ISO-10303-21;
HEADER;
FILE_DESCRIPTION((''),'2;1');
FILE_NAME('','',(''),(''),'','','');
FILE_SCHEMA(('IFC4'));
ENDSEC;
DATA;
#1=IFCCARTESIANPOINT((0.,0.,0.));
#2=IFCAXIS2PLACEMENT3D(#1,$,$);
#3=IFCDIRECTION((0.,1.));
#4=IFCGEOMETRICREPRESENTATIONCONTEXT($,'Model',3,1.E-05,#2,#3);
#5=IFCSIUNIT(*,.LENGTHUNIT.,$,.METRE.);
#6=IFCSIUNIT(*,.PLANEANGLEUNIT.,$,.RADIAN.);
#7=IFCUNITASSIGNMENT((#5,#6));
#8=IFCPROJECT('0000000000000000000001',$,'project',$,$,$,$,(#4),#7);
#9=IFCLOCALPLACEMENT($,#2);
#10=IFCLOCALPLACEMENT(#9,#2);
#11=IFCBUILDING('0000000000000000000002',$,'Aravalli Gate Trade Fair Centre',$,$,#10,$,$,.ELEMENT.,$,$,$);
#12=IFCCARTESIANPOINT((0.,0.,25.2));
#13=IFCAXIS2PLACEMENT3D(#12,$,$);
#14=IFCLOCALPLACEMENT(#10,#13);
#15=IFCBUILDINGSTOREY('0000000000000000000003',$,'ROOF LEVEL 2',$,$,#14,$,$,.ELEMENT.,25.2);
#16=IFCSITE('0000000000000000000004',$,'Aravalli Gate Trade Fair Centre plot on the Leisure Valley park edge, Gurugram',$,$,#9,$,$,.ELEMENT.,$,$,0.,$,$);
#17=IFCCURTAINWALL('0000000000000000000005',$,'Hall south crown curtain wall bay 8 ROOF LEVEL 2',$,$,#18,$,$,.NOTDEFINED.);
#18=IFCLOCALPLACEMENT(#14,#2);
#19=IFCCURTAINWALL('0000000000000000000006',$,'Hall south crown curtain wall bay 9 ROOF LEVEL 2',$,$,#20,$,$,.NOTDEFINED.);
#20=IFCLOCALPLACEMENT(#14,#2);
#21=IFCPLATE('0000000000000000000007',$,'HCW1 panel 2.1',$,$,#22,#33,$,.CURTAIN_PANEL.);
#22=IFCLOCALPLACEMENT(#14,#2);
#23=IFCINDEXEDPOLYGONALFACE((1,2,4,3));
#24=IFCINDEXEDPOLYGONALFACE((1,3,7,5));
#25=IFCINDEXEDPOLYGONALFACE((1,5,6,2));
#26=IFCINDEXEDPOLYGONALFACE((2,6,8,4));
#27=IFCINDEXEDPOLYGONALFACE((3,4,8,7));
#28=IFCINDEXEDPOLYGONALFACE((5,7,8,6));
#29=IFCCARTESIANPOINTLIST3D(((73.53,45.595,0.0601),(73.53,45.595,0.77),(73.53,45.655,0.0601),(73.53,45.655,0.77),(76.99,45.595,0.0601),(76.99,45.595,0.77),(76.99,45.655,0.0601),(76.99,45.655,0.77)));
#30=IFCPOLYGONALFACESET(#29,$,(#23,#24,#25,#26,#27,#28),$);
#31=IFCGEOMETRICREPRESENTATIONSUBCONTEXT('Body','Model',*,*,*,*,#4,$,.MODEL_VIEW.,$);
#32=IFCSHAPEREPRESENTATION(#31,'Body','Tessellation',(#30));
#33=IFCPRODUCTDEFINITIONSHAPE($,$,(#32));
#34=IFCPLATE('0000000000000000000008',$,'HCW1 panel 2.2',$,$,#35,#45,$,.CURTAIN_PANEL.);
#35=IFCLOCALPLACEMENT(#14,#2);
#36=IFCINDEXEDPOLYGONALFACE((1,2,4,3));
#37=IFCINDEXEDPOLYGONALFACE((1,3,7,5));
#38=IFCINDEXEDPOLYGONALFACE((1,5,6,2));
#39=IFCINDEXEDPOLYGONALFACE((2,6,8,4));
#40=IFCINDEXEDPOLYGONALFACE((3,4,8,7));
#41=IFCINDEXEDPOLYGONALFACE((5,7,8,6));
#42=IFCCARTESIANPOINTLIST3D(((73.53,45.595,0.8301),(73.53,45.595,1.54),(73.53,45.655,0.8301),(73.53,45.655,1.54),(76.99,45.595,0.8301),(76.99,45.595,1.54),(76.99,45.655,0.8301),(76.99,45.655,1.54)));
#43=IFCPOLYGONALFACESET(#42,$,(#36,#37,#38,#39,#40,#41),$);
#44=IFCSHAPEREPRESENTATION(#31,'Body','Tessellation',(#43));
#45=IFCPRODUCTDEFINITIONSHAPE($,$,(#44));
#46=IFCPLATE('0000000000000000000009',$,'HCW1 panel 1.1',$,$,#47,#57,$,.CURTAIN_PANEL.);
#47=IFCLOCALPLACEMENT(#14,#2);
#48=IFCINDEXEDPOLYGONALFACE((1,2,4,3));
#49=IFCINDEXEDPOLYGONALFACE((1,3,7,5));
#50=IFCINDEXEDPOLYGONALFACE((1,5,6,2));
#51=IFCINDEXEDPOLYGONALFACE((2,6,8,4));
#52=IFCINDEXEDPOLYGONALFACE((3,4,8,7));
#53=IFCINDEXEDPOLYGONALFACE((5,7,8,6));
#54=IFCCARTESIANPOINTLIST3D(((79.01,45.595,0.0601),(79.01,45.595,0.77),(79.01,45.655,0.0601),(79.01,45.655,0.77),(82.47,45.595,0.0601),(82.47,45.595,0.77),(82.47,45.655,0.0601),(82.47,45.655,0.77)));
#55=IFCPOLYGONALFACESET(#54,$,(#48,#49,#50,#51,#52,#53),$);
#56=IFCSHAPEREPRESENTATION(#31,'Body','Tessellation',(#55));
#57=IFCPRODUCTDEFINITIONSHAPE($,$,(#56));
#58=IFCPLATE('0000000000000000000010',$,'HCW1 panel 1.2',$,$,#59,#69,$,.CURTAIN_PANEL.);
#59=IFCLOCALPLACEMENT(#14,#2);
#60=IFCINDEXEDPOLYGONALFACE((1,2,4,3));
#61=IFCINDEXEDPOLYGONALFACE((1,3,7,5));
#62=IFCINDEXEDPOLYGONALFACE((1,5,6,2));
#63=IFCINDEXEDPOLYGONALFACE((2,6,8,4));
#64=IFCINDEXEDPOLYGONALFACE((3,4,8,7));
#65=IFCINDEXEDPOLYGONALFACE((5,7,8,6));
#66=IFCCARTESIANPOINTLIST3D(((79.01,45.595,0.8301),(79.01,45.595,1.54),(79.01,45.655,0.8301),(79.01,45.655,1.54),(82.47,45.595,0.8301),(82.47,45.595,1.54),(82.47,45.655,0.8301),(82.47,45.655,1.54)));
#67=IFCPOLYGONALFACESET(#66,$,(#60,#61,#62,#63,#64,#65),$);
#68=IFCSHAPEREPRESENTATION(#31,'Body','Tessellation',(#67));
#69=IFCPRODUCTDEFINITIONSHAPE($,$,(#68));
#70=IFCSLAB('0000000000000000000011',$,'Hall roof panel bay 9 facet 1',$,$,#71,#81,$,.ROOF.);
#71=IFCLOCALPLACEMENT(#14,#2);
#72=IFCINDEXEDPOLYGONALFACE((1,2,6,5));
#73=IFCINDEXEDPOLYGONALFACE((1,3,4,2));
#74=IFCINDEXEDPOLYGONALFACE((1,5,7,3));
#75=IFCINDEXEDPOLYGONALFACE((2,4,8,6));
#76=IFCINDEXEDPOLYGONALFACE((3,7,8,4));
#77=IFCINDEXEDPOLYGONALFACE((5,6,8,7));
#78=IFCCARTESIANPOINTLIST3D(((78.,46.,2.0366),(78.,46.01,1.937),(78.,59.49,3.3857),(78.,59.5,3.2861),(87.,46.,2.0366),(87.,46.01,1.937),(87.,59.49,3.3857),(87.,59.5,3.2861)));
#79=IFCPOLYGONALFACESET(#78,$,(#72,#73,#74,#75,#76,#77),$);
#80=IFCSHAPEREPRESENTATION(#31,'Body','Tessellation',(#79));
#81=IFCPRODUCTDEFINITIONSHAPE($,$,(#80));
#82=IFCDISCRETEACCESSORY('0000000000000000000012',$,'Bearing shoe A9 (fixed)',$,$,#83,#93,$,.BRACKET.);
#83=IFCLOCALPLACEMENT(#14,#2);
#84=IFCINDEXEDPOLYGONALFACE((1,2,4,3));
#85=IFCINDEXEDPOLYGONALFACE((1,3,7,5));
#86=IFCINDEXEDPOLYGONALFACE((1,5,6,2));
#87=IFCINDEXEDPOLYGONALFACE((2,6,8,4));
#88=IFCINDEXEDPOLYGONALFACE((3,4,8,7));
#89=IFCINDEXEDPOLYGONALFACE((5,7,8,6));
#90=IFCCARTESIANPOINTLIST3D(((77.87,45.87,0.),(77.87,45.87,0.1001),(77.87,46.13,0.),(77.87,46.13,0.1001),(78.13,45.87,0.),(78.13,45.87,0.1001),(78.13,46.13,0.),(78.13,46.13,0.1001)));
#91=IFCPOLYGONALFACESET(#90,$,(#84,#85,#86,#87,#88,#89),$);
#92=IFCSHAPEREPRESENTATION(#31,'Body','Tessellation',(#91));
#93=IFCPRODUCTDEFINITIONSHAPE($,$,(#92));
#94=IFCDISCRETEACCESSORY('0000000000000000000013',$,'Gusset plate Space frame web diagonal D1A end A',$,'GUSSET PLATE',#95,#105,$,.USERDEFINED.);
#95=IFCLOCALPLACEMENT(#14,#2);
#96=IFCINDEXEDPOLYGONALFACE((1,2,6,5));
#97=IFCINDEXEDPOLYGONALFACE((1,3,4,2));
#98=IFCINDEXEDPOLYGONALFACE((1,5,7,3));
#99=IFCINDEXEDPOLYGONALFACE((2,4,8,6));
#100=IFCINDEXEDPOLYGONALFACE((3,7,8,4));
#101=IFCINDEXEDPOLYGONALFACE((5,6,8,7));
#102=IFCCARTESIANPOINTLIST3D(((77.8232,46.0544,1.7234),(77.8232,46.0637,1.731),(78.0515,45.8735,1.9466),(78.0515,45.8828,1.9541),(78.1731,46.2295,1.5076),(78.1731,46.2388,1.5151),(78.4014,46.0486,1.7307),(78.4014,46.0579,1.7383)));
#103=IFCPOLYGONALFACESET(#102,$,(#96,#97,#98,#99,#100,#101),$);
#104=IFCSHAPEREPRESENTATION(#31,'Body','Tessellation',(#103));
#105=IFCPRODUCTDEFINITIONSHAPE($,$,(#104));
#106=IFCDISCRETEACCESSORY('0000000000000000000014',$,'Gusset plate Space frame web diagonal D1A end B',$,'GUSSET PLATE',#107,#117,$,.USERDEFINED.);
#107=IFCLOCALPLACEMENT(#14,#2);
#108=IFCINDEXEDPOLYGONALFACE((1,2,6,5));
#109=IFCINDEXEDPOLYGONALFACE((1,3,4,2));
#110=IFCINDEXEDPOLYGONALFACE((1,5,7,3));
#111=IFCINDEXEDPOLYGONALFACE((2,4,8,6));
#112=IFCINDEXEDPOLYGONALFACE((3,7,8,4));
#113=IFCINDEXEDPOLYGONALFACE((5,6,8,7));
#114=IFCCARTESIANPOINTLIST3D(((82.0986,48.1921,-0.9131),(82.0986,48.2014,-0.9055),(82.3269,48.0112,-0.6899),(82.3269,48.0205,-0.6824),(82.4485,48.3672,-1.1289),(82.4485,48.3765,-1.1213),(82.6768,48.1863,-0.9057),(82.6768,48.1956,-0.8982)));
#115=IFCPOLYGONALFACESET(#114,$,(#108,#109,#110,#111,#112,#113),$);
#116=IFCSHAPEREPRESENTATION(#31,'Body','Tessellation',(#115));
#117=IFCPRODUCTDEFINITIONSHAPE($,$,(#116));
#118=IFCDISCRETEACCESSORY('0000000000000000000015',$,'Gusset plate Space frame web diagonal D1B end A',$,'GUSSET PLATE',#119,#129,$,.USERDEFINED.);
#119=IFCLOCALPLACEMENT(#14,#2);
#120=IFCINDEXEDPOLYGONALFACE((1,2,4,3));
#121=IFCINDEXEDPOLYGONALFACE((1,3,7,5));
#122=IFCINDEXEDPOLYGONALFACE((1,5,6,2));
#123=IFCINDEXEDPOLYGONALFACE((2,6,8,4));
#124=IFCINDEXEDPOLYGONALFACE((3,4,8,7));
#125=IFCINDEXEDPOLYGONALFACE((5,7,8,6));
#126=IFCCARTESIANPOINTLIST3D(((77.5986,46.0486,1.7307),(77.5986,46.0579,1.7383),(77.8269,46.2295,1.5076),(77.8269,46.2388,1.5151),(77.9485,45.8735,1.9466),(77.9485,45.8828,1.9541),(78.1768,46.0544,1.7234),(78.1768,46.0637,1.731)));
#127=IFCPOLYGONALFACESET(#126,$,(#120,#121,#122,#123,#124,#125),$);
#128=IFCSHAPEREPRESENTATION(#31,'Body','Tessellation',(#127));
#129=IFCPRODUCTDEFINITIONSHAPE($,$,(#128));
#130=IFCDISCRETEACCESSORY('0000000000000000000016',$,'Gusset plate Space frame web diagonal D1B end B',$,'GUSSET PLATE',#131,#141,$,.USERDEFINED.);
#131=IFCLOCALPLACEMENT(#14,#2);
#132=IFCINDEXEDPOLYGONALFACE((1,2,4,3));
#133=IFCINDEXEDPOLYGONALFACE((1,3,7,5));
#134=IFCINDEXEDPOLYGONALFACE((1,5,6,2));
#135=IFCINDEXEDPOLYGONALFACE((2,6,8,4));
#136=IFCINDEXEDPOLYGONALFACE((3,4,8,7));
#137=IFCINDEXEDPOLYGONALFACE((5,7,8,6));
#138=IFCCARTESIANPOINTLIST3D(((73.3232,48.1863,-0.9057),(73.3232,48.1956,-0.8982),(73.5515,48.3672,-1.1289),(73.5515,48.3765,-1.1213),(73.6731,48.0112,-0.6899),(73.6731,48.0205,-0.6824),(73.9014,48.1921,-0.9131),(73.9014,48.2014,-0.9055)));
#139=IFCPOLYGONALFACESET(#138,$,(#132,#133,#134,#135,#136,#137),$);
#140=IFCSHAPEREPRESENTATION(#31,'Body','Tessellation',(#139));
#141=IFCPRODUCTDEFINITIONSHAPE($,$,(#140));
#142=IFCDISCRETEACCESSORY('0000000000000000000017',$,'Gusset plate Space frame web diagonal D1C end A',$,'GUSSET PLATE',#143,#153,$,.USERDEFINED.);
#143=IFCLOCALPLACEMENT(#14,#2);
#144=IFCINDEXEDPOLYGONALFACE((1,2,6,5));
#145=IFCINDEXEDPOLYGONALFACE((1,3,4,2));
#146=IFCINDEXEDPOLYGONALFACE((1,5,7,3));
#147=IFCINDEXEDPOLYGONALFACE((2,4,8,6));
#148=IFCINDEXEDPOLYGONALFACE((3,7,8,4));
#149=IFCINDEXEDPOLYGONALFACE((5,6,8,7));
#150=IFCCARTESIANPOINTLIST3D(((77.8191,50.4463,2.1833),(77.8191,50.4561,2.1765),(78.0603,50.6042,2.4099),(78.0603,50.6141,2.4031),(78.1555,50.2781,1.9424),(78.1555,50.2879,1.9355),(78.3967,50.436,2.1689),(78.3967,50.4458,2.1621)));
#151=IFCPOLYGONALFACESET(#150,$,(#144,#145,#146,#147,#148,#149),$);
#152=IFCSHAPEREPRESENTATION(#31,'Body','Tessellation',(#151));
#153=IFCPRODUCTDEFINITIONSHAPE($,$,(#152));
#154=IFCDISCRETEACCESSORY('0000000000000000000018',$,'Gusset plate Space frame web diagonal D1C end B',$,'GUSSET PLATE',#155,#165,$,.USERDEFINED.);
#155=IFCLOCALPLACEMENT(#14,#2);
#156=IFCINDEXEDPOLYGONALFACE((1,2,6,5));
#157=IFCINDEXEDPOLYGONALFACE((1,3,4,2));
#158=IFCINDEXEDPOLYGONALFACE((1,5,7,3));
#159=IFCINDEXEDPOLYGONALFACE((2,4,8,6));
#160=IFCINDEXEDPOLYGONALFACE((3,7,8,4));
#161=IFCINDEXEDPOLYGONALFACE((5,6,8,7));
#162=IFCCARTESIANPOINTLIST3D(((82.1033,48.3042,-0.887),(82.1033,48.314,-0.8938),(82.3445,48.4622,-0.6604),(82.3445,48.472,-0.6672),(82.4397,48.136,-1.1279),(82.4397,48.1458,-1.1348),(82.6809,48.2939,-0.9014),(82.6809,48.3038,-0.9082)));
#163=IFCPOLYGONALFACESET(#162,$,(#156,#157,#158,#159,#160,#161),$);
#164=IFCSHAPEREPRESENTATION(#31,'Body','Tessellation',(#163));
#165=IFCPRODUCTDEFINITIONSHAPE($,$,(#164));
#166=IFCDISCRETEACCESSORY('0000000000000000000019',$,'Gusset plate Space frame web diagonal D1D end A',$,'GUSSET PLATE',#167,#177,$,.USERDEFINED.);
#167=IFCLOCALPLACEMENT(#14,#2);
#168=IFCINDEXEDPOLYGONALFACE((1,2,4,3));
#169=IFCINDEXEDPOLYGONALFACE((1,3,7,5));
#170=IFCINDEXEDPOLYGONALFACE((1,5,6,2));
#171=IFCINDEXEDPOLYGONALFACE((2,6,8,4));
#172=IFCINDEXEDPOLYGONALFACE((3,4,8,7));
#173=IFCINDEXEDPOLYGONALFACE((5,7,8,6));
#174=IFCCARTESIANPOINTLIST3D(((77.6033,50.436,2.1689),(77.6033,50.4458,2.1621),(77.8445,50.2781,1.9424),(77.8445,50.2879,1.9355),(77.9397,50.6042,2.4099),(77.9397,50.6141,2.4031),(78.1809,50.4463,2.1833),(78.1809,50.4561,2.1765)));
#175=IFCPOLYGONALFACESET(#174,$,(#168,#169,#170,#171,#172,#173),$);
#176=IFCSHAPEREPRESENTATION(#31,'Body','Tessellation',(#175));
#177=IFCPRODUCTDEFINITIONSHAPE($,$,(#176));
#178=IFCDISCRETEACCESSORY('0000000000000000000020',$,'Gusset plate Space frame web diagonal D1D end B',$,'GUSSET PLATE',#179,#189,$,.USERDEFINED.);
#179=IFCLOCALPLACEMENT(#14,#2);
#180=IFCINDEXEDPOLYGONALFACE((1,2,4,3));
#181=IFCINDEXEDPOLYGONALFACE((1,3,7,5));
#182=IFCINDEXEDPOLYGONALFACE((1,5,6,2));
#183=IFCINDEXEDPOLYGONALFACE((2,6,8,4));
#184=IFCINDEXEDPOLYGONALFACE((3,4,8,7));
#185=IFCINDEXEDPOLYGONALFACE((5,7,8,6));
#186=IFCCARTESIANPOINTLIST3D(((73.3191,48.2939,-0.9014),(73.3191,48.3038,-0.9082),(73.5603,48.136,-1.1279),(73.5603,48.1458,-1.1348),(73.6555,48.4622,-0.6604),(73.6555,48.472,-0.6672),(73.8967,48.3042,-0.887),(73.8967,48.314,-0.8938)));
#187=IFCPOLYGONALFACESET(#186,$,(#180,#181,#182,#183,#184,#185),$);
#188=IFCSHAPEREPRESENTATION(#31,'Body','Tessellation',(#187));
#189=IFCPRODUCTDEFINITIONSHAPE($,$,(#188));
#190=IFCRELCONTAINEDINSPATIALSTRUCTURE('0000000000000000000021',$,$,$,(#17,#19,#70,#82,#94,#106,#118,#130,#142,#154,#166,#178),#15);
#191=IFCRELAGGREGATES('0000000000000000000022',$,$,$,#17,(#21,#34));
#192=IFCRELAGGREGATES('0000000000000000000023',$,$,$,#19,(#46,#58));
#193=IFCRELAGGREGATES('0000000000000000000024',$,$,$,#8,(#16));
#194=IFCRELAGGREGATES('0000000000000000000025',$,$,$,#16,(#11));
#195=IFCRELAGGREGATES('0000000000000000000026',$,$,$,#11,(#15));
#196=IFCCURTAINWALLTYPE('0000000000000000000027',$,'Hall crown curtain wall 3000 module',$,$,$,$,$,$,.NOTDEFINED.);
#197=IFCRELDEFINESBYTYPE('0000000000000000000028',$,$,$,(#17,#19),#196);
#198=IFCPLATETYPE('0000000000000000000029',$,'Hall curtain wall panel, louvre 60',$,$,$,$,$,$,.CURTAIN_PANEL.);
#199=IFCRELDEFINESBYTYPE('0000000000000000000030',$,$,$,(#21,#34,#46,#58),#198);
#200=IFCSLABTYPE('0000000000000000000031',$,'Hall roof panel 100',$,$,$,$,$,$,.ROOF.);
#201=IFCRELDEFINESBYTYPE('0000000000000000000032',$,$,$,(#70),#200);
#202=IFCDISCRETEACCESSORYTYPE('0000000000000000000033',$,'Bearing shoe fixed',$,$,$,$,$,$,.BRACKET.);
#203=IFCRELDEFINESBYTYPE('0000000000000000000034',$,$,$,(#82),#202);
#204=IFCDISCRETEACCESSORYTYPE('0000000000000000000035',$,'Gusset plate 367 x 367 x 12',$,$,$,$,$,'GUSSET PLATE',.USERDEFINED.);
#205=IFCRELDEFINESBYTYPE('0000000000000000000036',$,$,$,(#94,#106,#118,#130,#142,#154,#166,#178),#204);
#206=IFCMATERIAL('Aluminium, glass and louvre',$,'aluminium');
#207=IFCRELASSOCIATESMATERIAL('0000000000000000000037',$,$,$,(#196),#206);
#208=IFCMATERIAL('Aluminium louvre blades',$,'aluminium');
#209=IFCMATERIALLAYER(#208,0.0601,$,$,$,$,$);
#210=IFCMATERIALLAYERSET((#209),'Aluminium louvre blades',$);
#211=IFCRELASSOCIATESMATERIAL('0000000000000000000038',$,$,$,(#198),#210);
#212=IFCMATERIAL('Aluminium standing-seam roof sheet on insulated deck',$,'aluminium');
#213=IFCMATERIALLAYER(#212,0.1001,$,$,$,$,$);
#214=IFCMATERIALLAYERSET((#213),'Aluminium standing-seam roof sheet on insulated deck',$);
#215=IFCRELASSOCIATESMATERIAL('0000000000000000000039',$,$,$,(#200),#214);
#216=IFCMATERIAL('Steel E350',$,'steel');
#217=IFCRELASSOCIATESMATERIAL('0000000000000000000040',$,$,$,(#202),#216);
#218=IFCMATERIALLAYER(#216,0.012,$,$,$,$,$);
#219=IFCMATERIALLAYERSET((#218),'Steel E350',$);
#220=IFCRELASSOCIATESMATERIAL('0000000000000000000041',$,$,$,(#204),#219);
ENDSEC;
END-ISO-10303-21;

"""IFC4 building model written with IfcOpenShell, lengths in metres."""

from ifc_helpers import new_model, si_unit, direction, frame, origin, origin_2d, place, context, subcontext, project, spatial, polyline, rectangle, outline, extrude, material, layer, layer_set, type_object, element, aggregate, save


model = new_model("IFC4")

# Units and contexts
model_context = context("Model", 3, precision=1e-05, world=origin(), true_north=direction((0.0, 1.0)))
body_context = subcontext(model_context, "Body", "Model", "MODEL_VIEW")
ifc_project = project(units=[si_unit("LENGTHUNIT", "METRE"), si_unit("PLANEANGLEUNIT", "RADIAN")], contexts=[model_context])

# Site, building, storey
site_placement = place(None, origin())
site = spatial("IfcSite", under=ifc_project, at=site_placement, Name="Aravalli Gate Trade Fair Centre plot on the Leisure Valley park edge, Gurugram", CompositionType="ELEMENT", RefElevation=0.0)
building_placement = place(site_placement, origin())
building = spatial("IfcBuilding", under=site, at=building_placement, Name="Aravalli Gate Trade Fair Centre", CompositionType="ELEMENT")
storey_placement = place(building_placement, frame((0.0, 0.0, 25.2)))
storey = spatial("IfcBuildingStorey", under=building, at=storey_placement, Name="ROOF LEVEL 2", CompositionType="ELEMENT", Elevation=25.2)

# Shared definitions
ifc_material_1 = material(Name="Steel E350", Category="steel")

# Curtain walls
ifc_material_2 = material(Name="Aluminium, glass and louvre", Category="aluminium")
curtain_wall_type = type_object("IfcCurtainWallType", Name="Hall crown curtain wall 3000 module", PredefinedType="NOTDEFINED", material=ifc_material_2)
curtain_wall_1_placement = place(storey_placement, origin())
curtain_wall_1 = element("IfcCurtainWall", 1, at=curtain_wall_1_placement, inside=storey, type_object=curtain_wall_type, Name="Hall south crown curtain wall bay 8 ROOF LEVEL 2", PredefinedType="NOTDEFINED")
curtain_wall_2_placement = place(storey_placement, origin())
curtain_wall_2 = element("IfcCurtainWall", 2, at=curtain_wall_2_placement, inside=storey, type_object=curtain_wall_type, Name="Hall south crown curtain wall bay 9 ROOF LEVEL 2", PredefinedType="NOTDEFINED")

# Plates
ifc_material_3 = material(Name="Aluminium louvre blades", Category="aluminium")
ifc_layer_1 = layer(ifc_material_3, 0.0601)
ifc_layer_set_1 = layer_set([ifc_layer_1], Name="Aluminium louvre blades")
plate_type = type_object("IfcPlateType", Name="Hall curtain wall panel, louvre 60", PredefinedType="CURTAIN_PANEL", material=ifc_layer_set_1)
plate_1_placement = place(storey_placement, frame((75.26, 45.625, 0.0601), z_axis=(0.0, 0.0, 1.0), x_axis=(1.0, 0.0, 0.0)))
plate_1 = element("IfcPlate", 3, at=plate_1_placement, type_object=plate_type, Name="HCW1 panel 2.1", PredefinedType="CURTAIN_PANEL", context=body_context, shape_type="SweptSolid", body=[
    extrude(rectangle(XDim=3.46, YDim=0.0601, at=origin_2d()), origin(), (0.0, 0.0, 1.0), 0.71),
])
plate_2_placement = place(storey_placement, frame((75.26, 45.625, 0.8301), z_axis=(0.0, 0.0, 1.0), x_axis=(1.0, 0.0, 0.0)))
plate_2 = element("IfcPlate", 4, at=plate_2_placement, type_object=plate_type, Name="HCW1 panel 2.2", PredefinedType="CURTAIN_PANEL", context=body_context, shape_type="SweptSolid", body=[
    extrude(rectangle(XDim=3.46, YDim=0.0601, at=origin_2d()), origin(), (0.0, 0.0, 1.0), 0.71),
])
aggregate(curtain_wall_1, [plate_1, plate_2])
plate_3_placement = place(storey_placement, frame((80.74, 45.625, 0.0601), z_axis=(0.0, 0.0, 1.0), x_axis=(1.0, 0.0, 0.0)))
plate_3 = element("IfcPlate", 5, at=plate_3_placement, type_object=plate_type, Name="HCW1 panel 1.1", PredefinedType="CURTAIN_PANEL", context=body_context, shape_type="SweptSolid", body=[
    extrude(rectangle(XDim=3.46, YDim=0.0601, at=origin_2d()), origin(), (0.0, 0.0, 1.0), 0.71),
])
plate_4_placement = place(storey_placement, frame((80.74, 45.625, 0.8301), z_axis=(0.0, 0.0, 1.0), x_axis=(1.0, 0.0, 0.0)))
plate_4 = element("IfcPlate", 6, at=plate_4_placement, type_object=plate_type, Name="HCW1 panel 1.2", PredefinedType="CURTAIN_PANEL", context=body_context, shape_type="SweptSolid", body=[
    extrude(rectangle(XDim=3.46, YDim=0.0601, at=origin_2d()), origin(), (0.0, 0.0, 1.0), 0.71),
])
aggregate(curtain_wall_2, [plate_3, plate_4])

# Slab
ifc_material_4 = material(Name="Aluminium standing-seam roof sheet on insulated deck", Category="aluminium")
ifc_layer_2 = layer(ifc_material_4, 0.1001)
ifc_layer_set_2 = layer_set([ifc_layer_2], Name="Aluminium standing-seam roof sheet on insulated deck")
slab_type = type_object("IfcSlabType", Name="Hall roof panel 100", PredefinedType="ROOF", material=ifc_layer_set_2)
slab_placement = place(storey_placement, frame((78.0, 46.0, 2.0366), z_axis=(0.0, -0.099513, 0.995036), x_axis=(1.0, 0.0, 0.0)))
element("IfcSlab", 7, at=slab_placement, inside=storey, type_object=slab_type, Name="Hall roof panel bay 9 facet 1", PredefinedType="ROOF", context=body_context, shape_type="SweptSolid", body=[
    extrude(outline(polyline([(0.0, 0.0), (9.0, 0.0), (9.0, 13.5573), (0.0, 13.5573), (0.0, 0.0)])), origin(), (0.0, 0.0, -1.0), 0.1001),
])

# Discrete accessories
discrete_accessory_type_1 = type_object("IfcDiscreteAccessoryType", Name="Bearing shoe fixed", PredefinedType="BRACKET", material=ifc_material_1)
discrete_accessory_1_placement = place(storey_placement, frame((78.0, 46.0, 0.0), z_axis=(0.0, 0.0, 1.0), x_axis=(1.0, 0.0, 0.0)))
element("IfcDiscreteAccessory", 8, at=discrete_accessory_1_placement, inside=storey, type_object=discrete_accessory_type_1, Name="Bearing shoe A9 (fixed)", PredefinedType="BRACKET", context=body_context, shape_type="SweptSolid", body=[
    extrude(rectangle(XDim=0.26, YDim=0.26, at=origin_2d()), origin(), (0.0, 0.0, 1.0), 0.1001),
])
ifc_layer_3 = layer(ifc_material_1, 0.012)
ifc_layer_set_3 = layer_set([ifc_layer_3], Name="Steel E350")
discrete_accessory_type_2 = type_object("IfcDiscreteAccessoryType", Name="Gusset plate 367 x 367 x 12", ElementType="GUSSET PLATE", PredefinedType="USERDEFINED", material=ifc_layer_set_3)
discrete_accessory_2_placement = place(storey_placement, frame((78.1731, 46.2388, 1.5151), z_axis=(-0.000107, 0.776736, 0.629826), x_axis=(-0.783044, -0.391795, 0.48305)))
element("IfcDiscreteAccessory", 9, at=discrete_accessory_2_placement, inside=storey, type_object=discrete_accessory_type_2, Name="Gusset plate Space frame web diagonal D1A end A", ObjectType="GUSSET PLATE", PredefinedType="USERDEFINED", context=body_context, shape_type="SweptSolid", body=[
    extrude(outline(polyline([(0.0, 0.0), (0.4468, 0.0), (0.4467, 0.3669), (-0.0001, 0.3669), (0.0, 0.0)])), origin(), (0.0, 0.0, -1.0), 0.012),
])
discrete_accessory_3_placement = place(storey_placement, frame((82.0986, 48.2014, -0.9055), z_axis=(-0.000107, 0.776736, 0.629826), x_axis=(0.783044, 0.391795, -0.48305)))
element("IfcDiscreteAccessory", 10, at=discrete_accessory_3_placement, inside=storey, type_object=discrete_accessory_type_2, Name="Gusset plate Space frame web diagonal D1A end B", ObjectType="GUSSET PLATE", PredefinedType="USERDEFINED", context=body_context, shape_type="SweptSolid", body=[
    extrude(outline(polyline([(0.0, 0.0), (0.4468, 0.0), (0.4469, -0.3669), (0.0001, -0.3669), (0.0, 0.0)])), origin(), (0.0, 0.0, -1.0), 0.012),
])
discrete_accessory_4_placement = place(storey_placement, frame((77.5986, 46.0579, 1.7383), z_axis=(0.000107, 0.776736, 0.629826), x_axis=(0.783044, -0.391795, 0.48305)))
element("IfcDiscreteAccessory", 11, at=discrete_accessory_4_placement, inside=storey, type_object=discrete_accessory_type_2, Name="Gusset plate Space frame web diagonal D1B end A", ObjectType="GUSSET PLATE", PredefinedType="USERDEFINED", context=body_context, shape_type="SweptSolid", body=[
    extrude(outline(polyline([(0.0, 0.0), (0.4468, 0.0), (0.4469, 0.3669), (0.0001, 0.3669), (0.0, 0.0)])), origin(), (0.0, 0.0, -1.0), 0.012),
])
discrete_accessory_5_placement = place(storey_placement, frame((73.6731, 48.0205, -0.6824), z_axis=(0.000107, 0.776736, 0.629826), x_axis=(-0.783044, 0.391795, -0.48305)))
element("IfcDiscreteAccessory", 12, at=discrete_accessory_5_placement, inside=storey, type_object=discrete_accessory_type_2, Name="Gusset plate Space frame web diagonal D1B end B", ObjectType="GUSSET PLATE", PredefinedType="USERDEFINED", context=body_context, shape_type="SweptSolid", body=[
    extrude(outline(polyline([(0.0, 0.0), (0.4468, 0.0), (0.4467, -0.3669), (-0.0001, -0.3669), (0.0, 0.0)])), origin(), (0.0, 0.0, -1.0), 0.012),
])
discrete_accessory_6_placement = place(storey_placement, frame((78.1555, 50.2781, 1.9424), z_axis=(-0.000292, -0.820164, 0.572128), x_axis=(-0.753132, 0.376566, 0.539435)))
element("IfcDiscreteAccessory", 13, at=discrete_accessory_6_placement, inside=storey, type_object=discrete_accessory_type_2, Name="Gusset plate Space frame web diagonal D1C end A", ObjectType="GUSSET PLATE", PredefinedType="USERDEFINED", context=body_context, shape_type="SweptSolid", body=[
    extrude(outline(polyline([(0.0, 0.0), (0.4467, 0.0), (0.4467, -0.3667), (0.0, -0.3667), (0.0, 0.0)])), origin(), (0.0, 0.0, -1.0), 0.012),
])
discrete_accessory_7_placement = place(storey_placement, frame((82.1033, 48.3042, -0.887), z_axis=(-0.000292, -0.820164, 0.572128), x_axis=(0.753132, -0.376566, -0.539435)))
element("IfcDiscreteAccessory", 14, at=discrete_accessory_7_placement, inside=storey, type_object=discrete_accessory_type_2, Name="Gusset plate Space frame web diagonal D1C end B", ObjectType="GUSSET PLATE", PredefinedType="USERDEFINED", context=body_context, shape_type="SweptSolid", body=[
    extrude(outline(polyline([(0.0, 0.0), (0.4467, 0.0), (0.4467, 0.3667), (0.0, 0.3667), (0.0, 0.0)])), origin(), (0.0, 0.0, -1.0), 0.012),
])
discrete_accessory_8_placement = place(storey_placement, frame((77.6033, 50.436, 2.1689), z_axis=(0.000292, -0.820164, 0.572128), x_axis=(0.753132, 0.376566, 0.539435)))
element("IfcDiscreteAccessory", 15, at=discrete_accessory_8_placement, inside=storey, type_object=discrete_accessory_type_2, Name="Gusset plate Space frame web diagonal D1D end A", ObjectType="GUSSET PLATE", PredefinedType="USERDEFINED", context=body_context, shape_type="SweptSolid", body=[
    extrude(outline(polyline([(0.0, 0.0), (0.4467, 0.0), (0.4467, -0.3667), (0.0, -0.3667), (0.0, 0.0)])), origin(), (0.0, 0.0, -1.0), 0.012),
])
discrete_accessory_9_placement = place(storey_placement, frame((73.6555, 48.4622, -0.6604), z_axis=(0.000292, -0.820164, 0.572128), x_axis=(-0.753132, -0.376566, -0.539435)))
element("IfcDiscreteAccessory", 16, at=discrete_accessory_9_placement, inside=storey, type_object=discrete_accessory_type_2, Name="Gusset plate Space frame web diagonal D1D end B", ObjectType="GUSSET PLATE", PredefinedType="USERDEFINED", context=body_context, shape_type="SweptSolid", body=[
    extrude(outline(polyline([(0.0, 0.0), (0.4467, 0.0), (0.4467, 0.3667), (0.0, 0.3667), (0.0, 0.0)])), origin(), (0.0, 0.0, -1.0), 0.012),
])

save(model, "model.ifc")
